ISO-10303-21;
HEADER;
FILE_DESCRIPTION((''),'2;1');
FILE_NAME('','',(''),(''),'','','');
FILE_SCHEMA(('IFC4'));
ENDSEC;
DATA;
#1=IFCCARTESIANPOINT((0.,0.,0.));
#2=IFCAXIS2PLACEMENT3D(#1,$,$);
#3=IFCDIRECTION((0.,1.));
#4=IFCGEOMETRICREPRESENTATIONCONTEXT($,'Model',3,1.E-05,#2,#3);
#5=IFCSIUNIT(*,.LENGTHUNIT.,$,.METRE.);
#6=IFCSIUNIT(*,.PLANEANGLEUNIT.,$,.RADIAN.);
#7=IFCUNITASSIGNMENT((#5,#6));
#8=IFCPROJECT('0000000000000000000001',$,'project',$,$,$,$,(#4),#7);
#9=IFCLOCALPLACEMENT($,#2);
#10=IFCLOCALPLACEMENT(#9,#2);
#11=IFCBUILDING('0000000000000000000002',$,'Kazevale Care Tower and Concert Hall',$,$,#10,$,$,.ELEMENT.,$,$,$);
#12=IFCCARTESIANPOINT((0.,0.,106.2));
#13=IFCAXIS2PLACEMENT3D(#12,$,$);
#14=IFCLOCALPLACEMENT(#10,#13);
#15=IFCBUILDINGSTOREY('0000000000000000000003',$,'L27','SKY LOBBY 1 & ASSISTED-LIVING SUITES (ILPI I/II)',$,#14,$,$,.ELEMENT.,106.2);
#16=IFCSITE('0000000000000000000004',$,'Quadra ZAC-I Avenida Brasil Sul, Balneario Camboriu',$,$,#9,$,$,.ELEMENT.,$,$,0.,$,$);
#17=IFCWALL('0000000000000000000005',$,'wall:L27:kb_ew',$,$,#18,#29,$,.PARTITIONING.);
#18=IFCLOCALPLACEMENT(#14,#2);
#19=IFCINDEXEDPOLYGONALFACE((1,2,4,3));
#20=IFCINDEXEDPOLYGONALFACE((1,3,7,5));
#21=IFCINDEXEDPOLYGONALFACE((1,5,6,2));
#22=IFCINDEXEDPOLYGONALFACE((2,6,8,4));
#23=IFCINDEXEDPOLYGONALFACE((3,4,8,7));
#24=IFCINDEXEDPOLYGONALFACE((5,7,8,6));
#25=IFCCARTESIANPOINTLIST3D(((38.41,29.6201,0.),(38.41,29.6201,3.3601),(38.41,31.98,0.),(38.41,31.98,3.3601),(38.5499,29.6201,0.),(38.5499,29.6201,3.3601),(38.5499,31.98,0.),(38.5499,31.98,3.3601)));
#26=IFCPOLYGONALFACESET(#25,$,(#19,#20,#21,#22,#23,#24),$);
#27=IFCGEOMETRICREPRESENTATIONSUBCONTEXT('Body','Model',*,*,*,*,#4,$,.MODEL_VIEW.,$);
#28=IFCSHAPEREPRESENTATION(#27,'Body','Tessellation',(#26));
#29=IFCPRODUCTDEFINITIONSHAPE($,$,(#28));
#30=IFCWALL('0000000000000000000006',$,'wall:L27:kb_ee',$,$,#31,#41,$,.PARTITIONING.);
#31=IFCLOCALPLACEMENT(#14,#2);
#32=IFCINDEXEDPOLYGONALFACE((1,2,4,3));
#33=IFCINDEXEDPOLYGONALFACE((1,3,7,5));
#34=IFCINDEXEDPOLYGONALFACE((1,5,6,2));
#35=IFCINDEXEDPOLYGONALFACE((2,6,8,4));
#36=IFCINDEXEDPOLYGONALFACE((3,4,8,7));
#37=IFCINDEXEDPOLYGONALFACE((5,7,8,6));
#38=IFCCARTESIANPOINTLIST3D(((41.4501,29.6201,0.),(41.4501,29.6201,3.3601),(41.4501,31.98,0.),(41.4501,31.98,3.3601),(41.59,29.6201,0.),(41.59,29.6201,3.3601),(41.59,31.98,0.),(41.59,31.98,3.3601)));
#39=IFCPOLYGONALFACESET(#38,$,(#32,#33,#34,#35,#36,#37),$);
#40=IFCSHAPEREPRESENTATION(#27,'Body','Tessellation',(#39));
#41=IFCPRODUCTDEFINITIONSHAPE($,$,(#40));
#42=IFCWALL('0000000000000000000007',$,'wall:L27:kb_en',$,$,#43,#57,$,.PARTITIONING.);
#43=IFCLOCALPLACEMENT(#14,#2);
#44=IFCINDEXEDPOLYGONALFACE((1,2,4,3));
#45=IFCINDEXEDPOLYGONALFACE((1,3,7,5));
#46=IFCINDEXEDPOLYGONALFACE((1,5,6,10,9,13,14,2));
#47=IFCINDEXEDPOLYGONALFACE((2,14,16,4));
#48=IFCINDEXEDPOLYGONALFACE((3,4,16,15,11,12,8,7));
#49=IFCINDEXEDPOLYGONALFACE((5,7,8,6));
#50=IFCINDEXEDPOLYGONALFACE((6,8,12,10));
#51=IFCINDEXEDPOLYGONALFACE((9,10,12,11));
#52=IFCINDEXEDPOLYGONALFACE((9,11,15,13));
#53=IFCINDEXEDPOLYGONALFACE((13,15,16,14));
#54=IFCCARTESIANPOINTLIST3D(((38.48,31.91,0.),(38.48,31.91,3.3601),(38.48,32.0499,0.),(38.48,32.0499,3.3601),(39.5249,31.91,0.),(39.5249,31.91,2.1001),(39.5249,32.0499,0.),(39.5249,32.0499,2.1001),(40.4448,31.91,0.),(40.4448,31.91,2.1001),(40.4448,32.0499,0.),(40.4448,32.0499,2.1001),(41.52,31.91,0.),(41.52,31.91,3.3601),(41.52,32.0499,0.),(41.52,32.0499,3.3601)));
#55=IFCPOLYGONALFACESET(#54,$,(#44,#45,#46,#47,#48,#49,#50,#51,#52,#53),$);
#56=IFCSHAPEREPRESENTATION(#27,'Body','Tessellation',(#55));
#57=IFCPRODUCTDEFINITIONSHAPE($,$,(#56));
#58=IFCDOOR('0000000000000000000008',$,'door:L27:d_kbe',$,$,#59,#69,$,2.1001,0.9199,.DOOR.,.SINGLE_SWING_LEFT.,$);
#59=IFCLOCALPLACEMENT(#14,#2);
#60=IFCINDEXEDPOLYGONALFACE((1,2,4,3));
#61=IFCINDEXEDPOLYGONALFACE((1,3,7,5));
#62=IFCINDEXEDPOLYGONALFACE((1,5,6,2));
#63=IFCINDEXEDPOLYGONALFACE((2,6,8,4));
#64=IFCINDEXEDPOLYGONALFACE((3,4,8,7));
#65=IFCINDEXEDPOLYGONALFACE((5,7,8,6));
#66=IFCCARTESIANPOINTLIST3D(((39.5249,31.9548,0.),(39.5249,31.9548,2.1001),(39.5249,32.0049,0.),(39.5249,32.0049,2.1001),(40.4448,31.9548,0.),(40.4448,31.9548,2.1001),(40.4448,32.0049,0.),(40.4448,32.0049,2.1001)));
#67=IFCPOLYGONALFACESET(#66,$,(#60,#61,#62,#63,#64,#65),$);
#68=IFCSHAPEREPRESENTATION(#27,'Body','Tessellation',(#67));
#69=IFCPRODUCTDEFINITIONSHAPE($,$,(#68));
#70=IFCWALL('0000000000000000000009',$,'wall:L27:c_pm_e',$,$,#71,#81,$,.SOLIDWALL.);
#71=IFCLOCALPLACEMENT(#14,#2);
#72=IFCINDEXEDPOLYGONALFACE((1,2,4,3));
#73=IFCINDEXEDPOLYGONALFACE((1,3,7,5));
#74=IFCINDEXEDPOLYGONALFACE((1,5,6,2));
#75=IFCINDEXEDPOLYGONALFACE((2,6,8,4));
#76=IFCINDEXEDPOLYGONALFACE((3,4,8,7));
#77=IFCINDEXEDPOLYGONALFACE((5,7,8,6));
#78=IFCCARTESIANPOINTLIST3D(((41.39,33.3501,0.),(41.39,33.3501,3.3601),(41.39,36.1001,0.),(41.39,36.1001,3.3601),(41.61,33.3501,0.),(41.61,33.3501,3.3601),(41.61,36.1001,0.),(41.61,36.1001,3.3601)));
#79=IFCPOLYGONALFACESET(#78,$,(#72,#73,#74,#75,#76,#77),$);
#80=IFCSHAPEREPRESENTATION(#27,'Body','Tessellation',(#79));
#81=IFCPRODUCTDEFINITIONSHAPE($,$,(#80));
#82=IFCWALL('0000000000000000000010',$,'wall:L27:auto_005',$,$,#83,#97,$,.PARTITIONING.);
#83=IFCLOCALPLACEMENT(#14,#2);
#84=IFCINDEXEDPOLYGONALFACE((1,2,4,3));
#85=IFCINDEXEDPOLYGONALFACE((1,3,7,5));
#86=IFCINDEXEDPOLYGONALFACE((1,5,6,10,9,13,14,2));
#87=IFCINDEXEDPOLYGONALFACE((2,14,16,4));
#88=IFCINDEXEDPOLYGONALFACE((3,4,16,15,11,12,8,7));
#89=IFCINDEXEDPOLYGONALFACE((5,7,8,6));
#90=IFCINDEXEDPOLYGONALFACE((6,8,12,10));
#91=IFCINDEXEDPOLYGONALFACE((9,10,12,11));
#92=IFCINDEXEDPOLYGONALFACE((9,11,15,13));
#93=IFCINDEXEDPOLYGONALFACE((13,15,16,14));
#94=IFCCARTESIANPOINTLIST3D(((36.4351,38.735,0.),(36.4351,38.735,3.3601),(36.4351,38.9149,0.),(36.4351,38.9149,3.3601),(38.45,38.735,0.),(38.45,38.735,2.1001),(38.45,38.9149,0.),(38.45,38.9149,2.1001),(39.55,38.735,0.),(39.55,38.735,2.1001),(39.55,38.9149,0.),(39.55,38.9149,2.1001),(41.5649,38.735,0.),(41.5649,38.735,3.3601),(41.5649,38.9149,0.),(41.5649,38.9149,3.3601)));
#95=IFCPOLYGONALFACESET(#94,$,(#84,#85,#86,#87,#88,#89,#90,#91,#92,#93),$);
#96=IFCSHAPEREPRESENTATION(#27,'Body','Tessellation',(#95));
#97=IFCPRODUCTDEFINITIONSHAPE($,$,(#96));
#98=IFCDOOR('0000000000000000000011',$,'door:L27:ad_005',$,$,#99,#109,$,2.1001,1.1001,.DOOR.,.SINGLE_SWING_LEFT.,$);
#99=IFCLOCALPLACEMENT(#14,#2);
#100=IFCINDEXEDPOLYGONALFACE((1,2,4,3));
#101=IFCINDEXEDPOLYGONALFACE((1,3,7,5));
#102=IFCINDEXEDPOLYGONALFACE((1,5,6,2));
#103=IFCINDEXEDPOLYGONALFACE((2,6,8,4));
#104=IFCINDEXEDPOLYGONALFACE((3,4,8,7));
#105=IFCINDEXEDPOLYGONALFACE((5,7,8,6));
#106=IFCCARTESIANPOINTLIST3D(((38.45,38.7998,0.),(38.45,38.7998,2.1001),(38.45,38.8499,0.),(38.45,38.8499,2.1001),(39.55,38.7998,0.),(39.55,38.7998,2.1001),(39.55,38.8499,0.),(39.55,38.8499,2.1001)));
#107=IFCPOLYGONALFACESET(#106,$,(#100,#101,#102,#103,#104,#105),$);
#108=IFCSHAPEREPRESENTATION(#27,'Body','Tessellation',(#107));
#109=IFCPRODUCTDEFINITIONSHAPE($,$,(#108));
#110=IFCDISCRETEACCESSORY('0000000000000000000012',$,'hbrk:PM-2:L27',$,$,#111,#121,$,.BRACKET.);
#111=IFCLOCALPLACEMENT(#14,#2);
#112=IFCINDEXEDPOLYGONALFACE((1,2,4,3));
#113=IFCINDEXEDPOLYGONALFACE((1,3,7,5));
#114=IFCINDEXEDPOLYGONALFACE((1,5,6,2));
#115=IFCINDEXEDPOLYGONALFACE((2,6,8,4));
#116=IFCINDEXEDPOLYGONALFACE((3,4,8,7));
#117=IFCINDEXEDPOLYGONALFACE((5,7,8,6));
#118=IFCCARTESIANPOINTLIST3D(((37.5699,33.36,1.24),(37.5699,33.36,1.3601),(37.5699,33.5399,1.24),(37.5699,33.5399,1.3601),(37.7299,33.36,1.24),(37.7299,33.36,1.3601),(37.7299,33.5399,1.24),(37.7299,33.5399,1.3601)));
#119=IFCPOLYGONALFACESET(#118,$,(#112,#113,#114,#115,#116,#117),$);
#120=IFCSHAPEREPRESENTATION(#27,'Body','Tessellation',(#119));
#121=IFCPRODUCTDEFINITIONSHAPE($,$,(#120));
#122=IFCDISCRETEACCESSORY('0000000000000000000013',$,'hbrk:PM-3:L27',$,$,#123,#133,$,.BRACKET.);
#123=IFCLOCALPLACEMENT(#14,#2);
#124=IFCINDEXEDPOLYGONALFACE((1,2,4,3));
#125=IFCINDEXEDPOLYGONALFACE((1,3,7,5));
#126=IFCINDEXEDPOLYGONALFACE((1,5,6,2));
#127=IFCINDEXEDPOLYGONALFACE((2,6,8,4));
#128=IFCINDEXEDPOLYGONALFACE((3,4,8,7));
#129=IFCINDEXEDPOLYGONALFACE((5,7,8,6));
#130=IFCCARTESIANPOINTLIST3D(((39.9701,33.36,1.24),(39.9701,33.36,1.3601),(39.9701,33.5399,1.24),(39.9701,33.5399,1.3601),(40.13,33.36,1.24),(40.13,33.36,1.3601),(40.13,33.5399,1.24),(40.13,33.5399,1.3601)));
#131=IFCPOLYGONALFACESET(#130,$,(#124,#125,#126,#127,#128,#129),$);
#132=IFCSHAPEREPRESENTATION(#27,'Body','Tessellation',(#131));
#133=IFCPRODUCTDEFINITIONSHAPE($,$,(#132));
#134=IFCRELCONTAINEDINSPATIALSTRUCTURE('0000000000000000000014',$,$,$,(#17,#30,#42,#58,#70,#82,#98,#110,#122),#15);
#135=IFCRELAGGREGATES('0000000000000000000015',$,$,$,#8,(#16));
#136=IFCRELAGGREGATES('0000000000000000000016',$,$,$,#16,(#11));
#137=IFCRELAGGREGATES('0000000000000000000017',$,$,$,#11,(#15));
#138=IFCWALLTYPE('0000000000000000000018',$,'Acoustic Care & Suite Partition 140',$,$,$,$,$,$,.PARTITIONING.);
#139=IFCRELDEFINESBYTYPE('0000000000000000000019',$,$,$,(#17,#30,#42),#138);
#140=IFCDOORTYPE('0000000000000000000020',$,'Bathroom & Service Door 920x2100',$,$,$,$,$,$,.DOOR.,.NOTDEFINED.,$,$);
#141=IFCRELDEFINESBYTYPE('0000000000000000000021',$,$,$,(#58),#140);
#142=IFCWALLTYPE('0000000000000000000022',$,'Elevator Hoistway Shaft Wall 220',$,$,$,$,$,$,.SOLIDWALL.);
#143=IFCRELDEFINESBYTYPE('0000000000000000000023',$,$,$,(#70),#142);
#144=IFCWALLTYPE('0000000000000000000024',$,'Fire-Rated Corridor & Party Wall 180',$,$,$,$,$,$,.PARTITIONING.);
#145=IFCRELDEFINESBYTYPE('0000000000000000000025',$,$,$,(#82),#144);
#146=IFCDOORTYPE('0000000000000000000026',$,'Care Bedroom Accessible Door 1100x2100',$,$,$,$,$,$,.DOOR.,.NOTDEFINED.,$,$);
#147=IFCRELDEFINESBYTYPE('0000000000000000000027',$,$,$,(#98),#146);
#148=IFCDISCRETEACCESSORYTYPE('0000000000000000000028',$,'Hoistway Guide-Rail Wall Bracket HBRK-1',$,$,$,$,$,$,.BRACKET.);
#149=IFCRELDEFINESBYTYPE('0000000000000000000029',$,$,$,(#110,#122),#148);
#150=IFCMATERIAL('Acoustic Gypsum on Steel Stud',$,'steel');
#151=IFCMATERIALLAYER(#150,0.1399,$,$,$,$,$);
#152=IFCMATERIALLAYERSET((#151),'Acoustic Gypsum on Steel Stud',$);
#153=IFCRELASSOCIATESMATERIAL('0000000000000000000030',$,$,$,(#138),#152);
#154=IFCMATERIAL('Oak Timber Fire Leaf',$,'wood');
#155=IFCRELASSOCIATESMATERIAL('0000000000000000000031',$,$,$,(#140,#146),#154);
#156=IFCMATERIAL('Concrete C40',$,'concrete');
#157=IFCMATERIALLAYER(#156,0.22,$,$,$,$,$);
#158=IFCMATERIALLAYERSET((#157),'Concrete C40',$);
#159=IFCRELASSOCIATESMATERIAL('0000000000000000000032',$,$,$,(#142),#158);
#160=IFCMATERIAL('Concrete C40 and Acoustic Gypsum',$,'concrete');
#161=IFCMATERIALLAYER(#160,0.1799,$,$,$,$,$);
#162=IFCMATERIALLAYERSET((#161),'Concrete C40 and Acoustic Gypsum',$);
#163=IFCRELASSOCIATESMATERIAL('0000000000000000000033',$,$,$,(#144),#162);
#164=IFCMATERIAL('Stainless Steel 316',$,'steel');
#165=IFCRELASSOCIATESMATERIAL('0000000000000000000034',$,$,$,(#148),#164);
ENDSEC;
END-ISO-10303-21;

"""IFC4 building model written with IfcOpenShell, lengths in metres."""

from ifc_helpers import new_model, si_unit, direction, frame, frame_2d, origin, origin_2d, place, context, subcontext, project, spatial, rectangle, extrude, material, layer, layer_set, type_object, element, fill, save


model = new_model("IFC4")

# Units and contexts
model_context = context("Model", 3, precision=1e-05, world=origin(), true_north=direction((0.0, 1.0)))
body_context = subcontext(model_context, "Body", "Model", "MODEL_VIEW")
ifc_project = project(units=[si_unit("LENGTHUNIT", "METRE"), si_unit("PLANEANGLEUNIT", "RADIAN")], contexts=[model_context])

# Site, building, storey
site_placement = place(None, origin())
site = spatial("IfcSite", under=ifc_project, at=site_placement, Name="Quadra ZAC-I Avenida Brasil Sul, Balneario Camboriu", CompositionType="ELEMENT", RefElevation=0.0)
building_placement = place(site_placement, origin())
building = spatial("IfcBuilding", under=site, at=building_placement, Name="Kazevale Care Tower and Concert Hall", CompositionType="ELEMENT")
storey_placement = place(building_placement, frame((0.0, 0.0, 106.2)))
storey = spatial("IfcBuildingStorey", under=building, at=storey_placement, Name="L27", Description="SKY LOBBY 1 & ASSISTED-LIVING SUITES (ILPI I/II)", CompositionType="ELEMENT", Elevation=106.2)

# Walls
ifc_material_1 = material(Name="Acoustic Gypsum on Steel Stud", Category="steel")
ifc_layer_1 = layer(ifc_material_1, 0.1399)
ifc_layer_set_1 = layer_set([ifc_layer_1], Name="Acoustic Gypsum on Steel Stud")
wall_type_1 = type_object("IfcWallType", Name="Acoustic Care & Suite Partition 140", PredefinedType="PARTITIONING", material=ifc_layer_set_1)
for number, where, z_axis, x_axis, name in (
    (1, (38.48, 29.6201, 0.0), (0.0, 0.0, 1.0), (0.0, 1.0, 0.0), "wall:L27:kb_ew"),
    (2, (41.52, 29.6201, 0.0), (0.0, 0.0, 1.0), (0.0, 1.0, 0.0), "wall:L27:kb_ee"),
):
    element("IfcWall", number, at=place(storey_placement, frame(where, z_axis=z_axis, x_axis=x_axis)), inside=storey, type_object=wall_type_1, Name=name, PredefinedType="PARTITIONING", context=body_context, shape_type="SweptSolid", body=[
        extrude(rectangle(XDim=2.3599, YDim=0.1399, at=frame_2d((1.1799, 0.0))), origin(), (0.0, 0.0, 1.0), 3.3601),
    ])

# Wall, opening, door
wall_1_placement = place(storey_placement, frame((38.48, 31.98, 0.0), z_axis=(0.0, 0.0, 1.0), x_axis=(1.0, 0.0, 0.0)))
wall_1 = element("IfcWall", 3, at=wall_1_placement, inside=storey, type_object=wall_type_1, Name="wall:L27:kb_en", PredefinedType="PARTITIONING", context=body_context, shape_type="SweptSolid", body=[
    extrude(rectangle(XDim=3.04, YDim=0.1399, at=frame_2d((1.52, 0.0))), origin(), (0.0, 0.0, 1.0), 3.3601),
])
opening_1_placement = place(wall_1_placement, frame((1.0449, 0.0, 0.0)))
opening_1 = element("IfcOpeningElement", 4, at=opening_1_placement, cuts=wall_1, PredefinedType="OPENING", context=body_context, shape_type="SweptSolid", body=[
    extrude(rectangle(XDim=0.9199, YDim=2.1001, at=frame_2d((0.46, 1.05))), frame((0.0, 0.0798, 0.0), z_axis=(0.0, -1.0, 0.0), x_axis=(1.0, 0.0, 0.0)), (0.0, 0.0, 1.0), 0.1599),
])
ifc_material_2 = material(Name="Oak Timber Fire Leaf", Category="wood")
door_type_1 = type_object("IfcDoorType", Name="Bathroom & Service Door 920x2100", OperationType="NOTDEFINED", PredefinedType="DOOR", material=ifc_material_2)
door_1_placement = place(opening_1_placement, origin())
door_1 = element("IfcDoor", 5, at=door_1_placement, inside=storey, type_object=door_type_1, Name="door:L27:d_kbe", OperationType="SINGLE_SWING_LEFT", OverallHeight=2.1001, OverallWidth=0.9199, PredefinedType="DOOR", context=body_context, shape_type="SweptSolid", body=[
    extrude(rectangle(XDim=0.9199, YDim=2.1001, at=frame_2d((0.46, 1.05))), frame((0.0, 0.0249, 0.0), z_axis=(0.0, -1.0, 0.0), x_axis=(1.0, 0.0, 0.0)), (0.0, 0.0, 1.0), 0.05),
])
fill(opening_1, door_1)

# Wall
ifc_material_3 = material(Name="Concrete C40", Category="concrete")
ifc_layer_2 = layer(ifc_material_3, 0.22)
ifc_layer_set_2 = layer_set([ifc_layer_2], Name="Concrete C40")
wall_type_2 = type_object("IfcWallType", Name="Elevator Hoistway Shaft Wall 220", PredefinedType="SOLIDWALL", material=ifc_layer_set_2)
wall_2_placement = place(storey_placement, frame((41.5, 33.3501, 0.0), z_axis=(0.0, 0.0, 1.0), x_axis=(0.0, 1.0, 0.0)))
element("IfcWall", 6, at=wall_2_placement, inside=storey, type_object=wall_type_2, Name="wall:L27:c_pm_e", PredefinedType="SOLIDWALL", context=body_context, shape_type="SweptSolid", body=[
    extrude(rectangle(XDim=2.75, YDim=0.22, at=frame_2d((1.375, 0.0))), origin(), (0.0, 0.0, 1.0), 3.3601),
])

# Wall, opening, door
ifc_material_4 = material(Name="Concrete C40 and Acoustic Gypsum", Category="concrete")
ifc_layer_3 = layer(ifc_material_4, 0.1799)
ifc_layer_set_3 = layer_set([ifc_layer_3], Name="Concrete C40 and Acoustic Gypsum")
wall_type_3 = type_object("IfcWallType", Name="Fire-Rated Corridor & Party Wall 180", PredefinedType="PARTITIONING", material=ifc_layer_set_3)
wall_3_placement = place(storey_placement, frame((36.4351, 38.825, 0.0), z_axis=(0.0, 0.0, 1.0), x_axis=(1.0, 0.0, 0.0)))
wall_3 = element("IfcWall", 7, at=wall_3_placement, inside=storey, type_object=wall_type_3, Name="wall:L27:auto_005", PredefinedType="PARTITIONING", context=body_context, shape_type="SweptSolid", body=[
    extrude(rectangle(XDim=5.1299, YDim=0.1799, at=frame_2d((2.5649, 0.0))), origin(), (0.0, 0.0, 1.0), 3.3601),
])
opening_2_placement = place(wall_3_placement, frame((2.0149, 0.0, 0.0)))
opening_2 = element("IfcOpeningElement", 8, at=opening_2_placement, cuts=wall_3, PredefinedType="OPENING", context=body_context, shape_type="SweptSolid", body=[
    extrude(rectangle(XDim=1.1001, YDim=2.1001, at=frame_2d((0.55, 1.05))), frame((0.0, 0.0999, 0.0), z_axis=(0.0, -1.0, 0.0), x_axis=(1.0, 0.0, 0.0)), (0.0, 0.0, 1.0), 0.2),
])
door_type_2 = type_object("IfcDoorType", Name="Care Bedroom Accessible Door 1100x2100", OperationType="NOTDEFINED", PredefinedType="DOOR", material=ifc_material_2)
door_2_placement = place(opening_2_placement, origin())
door_2 = element("IfcDoor", 9, at=door_2_placement, inside=storey, type_object=door_type_2, Name="door:L27:ad_005", OperationType="SINGLE_SWING_LEFT", OverallHeight=2.1001, OverallWidth=1.1001, PredefinedType="DOOR", context=body_context, shape_type="SweptSolid", body=[
    extrude(rectangle(XDim=1.1001, YDim=2.1001, at=frame_2d((0.55, 1.05))), frame((0.0, 0.0249, 0.0), z_axis=(0.0, -1.0, 0.0), x_axis=(1.0, 0.0, 0.0)), (0.0, 0.0, 1.0), 0.05),
])
fill(opening_2, door_2)

# Discrete accessories
ifc_material_5 = material(Name="Stainless Steel 316", Category="steel")
discrete_accessory_type = type_object("IfcDiscreteAccessoryType", Name="Hoistway Guide-Rail Wall Bracket HBRK-1", PredefinedType="BRACKET", material=ifc_material_5)
for number, where, z_axis, x_axis, name in (
    (10, (37.6499, 33.45, 1.24), (0.0, 0.0, 1.0), (1.0, 0.0, 0.0), "hbrk:PM-2:L27"),
    (11, (40.05, 33.45, 1.24), (0.0, 0.0, 1.0), (1.0, 0.0, 0.0), "hbrk:PM-3:L27"),
):
    element("IfcDiscreteAccessory", number, at=place(storey_placement, frame(where, z_axis=z_axis, x_axis=x_axis)), inside=storey, type_object=discrete_accessory_type, Name=name, PredefinedType="BRACKET", context=body_context, shape_type="SweptSolid", body=[
        extrude(rectangle(XDim=0.1599, YDim=0.1799, at=origin_2d()), origin(), (0.0, 0.0, 1.0), 0.1201),
    ])

save(model, "model.ifc")
